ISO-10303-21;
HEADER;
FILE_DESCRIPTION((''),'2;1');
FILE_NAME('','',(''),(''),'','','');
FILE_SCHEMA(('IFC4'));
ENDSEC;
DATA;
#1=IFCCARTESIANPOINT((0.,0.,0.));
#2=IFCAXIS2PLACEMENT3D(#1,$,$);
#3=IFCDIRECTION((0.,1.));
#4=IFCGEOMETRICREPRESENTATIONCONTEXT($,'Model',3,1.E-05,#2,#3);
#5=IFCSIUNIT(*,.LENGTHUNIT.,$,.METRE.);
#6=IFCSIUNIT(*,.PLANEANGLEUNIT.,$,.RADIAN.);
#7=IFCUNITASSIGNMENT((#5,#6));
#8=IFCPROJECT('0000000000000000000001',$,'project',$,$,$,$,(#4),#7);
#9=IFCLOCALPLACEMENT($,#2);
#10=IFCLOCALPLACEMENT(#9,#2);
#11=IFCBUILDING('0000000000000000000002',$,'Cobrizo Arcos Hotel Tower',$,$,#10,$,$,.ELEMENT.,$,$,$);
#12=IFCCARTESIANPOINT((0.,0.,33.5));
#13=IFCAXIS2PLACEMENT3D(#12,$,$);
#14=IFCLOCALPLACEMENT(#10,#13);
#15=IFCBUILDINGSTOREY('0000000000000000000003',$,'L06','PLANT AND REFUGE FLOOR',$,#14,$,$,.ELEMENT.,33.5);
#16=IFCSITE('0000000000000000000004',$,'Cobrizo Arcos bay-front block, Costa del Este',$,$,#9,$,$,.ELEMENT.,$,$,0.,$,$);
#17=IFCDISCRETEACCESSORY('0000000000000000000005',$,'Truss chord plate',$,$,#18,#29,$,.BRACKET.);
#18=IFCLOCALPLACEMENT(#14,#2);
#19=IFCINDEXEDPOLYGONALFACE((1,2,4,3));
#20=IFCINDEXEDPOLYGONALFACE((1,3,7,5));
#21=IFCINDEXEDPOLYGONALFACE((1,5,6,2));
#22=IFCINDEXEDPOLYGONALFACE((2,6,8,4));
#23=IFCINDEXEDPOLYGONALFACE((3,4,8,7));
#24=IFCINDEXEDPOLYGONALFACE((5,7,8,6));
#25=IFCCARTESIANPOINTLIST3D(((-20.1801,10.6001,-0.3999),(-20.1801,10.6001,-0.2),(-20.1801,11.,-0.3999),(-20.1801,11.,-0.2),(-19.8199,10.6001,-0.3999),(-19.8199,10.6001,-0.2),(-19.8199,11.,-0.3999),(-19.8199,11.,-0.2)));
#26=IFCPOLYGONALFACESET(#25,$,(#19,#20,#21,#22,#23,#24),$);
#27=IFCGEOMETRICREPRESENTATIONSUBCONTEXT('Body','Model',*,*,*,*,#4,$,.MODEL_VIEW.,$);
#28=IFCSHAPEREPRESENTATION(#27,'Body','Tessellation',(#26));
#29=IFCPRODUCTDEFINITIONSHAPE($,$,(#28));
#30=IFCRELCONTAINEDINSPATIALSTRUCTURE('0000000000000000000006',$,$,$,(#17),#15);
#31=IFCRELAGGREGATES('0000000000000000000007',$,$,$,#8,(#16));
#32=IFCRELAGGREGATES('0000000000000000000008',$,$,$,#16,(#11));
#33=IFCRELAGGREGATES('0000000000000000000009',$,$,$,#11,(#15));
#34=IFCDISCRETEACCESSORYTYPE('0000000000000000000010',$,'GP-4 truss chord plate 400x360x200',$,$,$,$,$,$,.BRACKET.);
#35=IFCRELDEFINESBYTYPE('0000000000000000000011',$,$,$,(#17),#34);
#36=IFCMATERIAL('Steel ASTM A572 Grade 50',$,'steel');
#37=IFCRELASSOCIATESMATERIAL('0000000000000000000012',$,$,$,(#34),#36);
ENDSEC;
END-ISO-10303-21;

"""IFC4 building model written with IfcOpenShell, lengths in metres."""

from ifc_helpers import new_model, si_unit, direction, frame, origin, origin_2d, place, context, subcontext, project, spatial, rectangle, extrude, material, type_object, element, save


model = new_model("IFC4")

# Units and contexts
model_context = context("Model", 3, precision=1e-05, world=origin(), true_north=direction((0.0, 1.0)))
body_context = subcontext(model_context, "Body", "Model", "MODEL_VIEW")
ifc_project = project(units=[si_unit("LENGTHUNIT", "METRE"), si_unit("PLANEANGLEUNIT", "RADIAN")], contexts=[model_context])

# Site, building, storey
site_placement = place(None, origin())
site = spatial("IfcSite", under=ifc_project, at=site_placement, Name="Cobrizo Arcos bay-front block, Costa del Este", CompositionType="ELEMENT", RefElevation=0.0)
building_placement = place(site_placement, origin())
building = spatial("IfcBuilding", under=site, at=building_placement, Name="Cobrizo Arcos Hotel Tower", CompositionType="ELEMENT")
storey_placement = place(building_placement, frame((0.0, 0.0, 33.5)))
storey = spatial("IfcBuildingStorey", under=building, at=storey_placement, Name="L06", Description="PLANT AND REFUGE FLOOR", CompositionType="ELEMENT", Elevation=33.5)

# Discrete accessory
ifc_material_1 = material(Name="Steel ASTM A572 Grade 50", Category="steel")
discrete_accessory_type = type_object("IfcDiscreteAccessoryType", Name="GP-4 truss chord plate 400x360x200", PredefinedType="BRACKET", material=ifc_material_1)
discrete_accessory_placement = place(storey_placement, frame((-20.0, 10.8, -0.3999), z_axis=(0.0, 0.0, 1.0), x_axis=(0.0, 1.0, 0.0)))
element("IfcDiscreteAccessory", 1, at=discrete_accessory_placement, inside=storey, type_object=discrete_accessory_type, Name="Truss chord plate", PredefinedType="BRACKET", context=body_context, shape_type="SweptSolid", body=[
    extrude(rectangle(XDim=0.3999, YDim=0.3601, at=origin_2d()), origin(), (0.0, 0.0, 1.0), 0.2),
])

save(model, "model.ifc")
